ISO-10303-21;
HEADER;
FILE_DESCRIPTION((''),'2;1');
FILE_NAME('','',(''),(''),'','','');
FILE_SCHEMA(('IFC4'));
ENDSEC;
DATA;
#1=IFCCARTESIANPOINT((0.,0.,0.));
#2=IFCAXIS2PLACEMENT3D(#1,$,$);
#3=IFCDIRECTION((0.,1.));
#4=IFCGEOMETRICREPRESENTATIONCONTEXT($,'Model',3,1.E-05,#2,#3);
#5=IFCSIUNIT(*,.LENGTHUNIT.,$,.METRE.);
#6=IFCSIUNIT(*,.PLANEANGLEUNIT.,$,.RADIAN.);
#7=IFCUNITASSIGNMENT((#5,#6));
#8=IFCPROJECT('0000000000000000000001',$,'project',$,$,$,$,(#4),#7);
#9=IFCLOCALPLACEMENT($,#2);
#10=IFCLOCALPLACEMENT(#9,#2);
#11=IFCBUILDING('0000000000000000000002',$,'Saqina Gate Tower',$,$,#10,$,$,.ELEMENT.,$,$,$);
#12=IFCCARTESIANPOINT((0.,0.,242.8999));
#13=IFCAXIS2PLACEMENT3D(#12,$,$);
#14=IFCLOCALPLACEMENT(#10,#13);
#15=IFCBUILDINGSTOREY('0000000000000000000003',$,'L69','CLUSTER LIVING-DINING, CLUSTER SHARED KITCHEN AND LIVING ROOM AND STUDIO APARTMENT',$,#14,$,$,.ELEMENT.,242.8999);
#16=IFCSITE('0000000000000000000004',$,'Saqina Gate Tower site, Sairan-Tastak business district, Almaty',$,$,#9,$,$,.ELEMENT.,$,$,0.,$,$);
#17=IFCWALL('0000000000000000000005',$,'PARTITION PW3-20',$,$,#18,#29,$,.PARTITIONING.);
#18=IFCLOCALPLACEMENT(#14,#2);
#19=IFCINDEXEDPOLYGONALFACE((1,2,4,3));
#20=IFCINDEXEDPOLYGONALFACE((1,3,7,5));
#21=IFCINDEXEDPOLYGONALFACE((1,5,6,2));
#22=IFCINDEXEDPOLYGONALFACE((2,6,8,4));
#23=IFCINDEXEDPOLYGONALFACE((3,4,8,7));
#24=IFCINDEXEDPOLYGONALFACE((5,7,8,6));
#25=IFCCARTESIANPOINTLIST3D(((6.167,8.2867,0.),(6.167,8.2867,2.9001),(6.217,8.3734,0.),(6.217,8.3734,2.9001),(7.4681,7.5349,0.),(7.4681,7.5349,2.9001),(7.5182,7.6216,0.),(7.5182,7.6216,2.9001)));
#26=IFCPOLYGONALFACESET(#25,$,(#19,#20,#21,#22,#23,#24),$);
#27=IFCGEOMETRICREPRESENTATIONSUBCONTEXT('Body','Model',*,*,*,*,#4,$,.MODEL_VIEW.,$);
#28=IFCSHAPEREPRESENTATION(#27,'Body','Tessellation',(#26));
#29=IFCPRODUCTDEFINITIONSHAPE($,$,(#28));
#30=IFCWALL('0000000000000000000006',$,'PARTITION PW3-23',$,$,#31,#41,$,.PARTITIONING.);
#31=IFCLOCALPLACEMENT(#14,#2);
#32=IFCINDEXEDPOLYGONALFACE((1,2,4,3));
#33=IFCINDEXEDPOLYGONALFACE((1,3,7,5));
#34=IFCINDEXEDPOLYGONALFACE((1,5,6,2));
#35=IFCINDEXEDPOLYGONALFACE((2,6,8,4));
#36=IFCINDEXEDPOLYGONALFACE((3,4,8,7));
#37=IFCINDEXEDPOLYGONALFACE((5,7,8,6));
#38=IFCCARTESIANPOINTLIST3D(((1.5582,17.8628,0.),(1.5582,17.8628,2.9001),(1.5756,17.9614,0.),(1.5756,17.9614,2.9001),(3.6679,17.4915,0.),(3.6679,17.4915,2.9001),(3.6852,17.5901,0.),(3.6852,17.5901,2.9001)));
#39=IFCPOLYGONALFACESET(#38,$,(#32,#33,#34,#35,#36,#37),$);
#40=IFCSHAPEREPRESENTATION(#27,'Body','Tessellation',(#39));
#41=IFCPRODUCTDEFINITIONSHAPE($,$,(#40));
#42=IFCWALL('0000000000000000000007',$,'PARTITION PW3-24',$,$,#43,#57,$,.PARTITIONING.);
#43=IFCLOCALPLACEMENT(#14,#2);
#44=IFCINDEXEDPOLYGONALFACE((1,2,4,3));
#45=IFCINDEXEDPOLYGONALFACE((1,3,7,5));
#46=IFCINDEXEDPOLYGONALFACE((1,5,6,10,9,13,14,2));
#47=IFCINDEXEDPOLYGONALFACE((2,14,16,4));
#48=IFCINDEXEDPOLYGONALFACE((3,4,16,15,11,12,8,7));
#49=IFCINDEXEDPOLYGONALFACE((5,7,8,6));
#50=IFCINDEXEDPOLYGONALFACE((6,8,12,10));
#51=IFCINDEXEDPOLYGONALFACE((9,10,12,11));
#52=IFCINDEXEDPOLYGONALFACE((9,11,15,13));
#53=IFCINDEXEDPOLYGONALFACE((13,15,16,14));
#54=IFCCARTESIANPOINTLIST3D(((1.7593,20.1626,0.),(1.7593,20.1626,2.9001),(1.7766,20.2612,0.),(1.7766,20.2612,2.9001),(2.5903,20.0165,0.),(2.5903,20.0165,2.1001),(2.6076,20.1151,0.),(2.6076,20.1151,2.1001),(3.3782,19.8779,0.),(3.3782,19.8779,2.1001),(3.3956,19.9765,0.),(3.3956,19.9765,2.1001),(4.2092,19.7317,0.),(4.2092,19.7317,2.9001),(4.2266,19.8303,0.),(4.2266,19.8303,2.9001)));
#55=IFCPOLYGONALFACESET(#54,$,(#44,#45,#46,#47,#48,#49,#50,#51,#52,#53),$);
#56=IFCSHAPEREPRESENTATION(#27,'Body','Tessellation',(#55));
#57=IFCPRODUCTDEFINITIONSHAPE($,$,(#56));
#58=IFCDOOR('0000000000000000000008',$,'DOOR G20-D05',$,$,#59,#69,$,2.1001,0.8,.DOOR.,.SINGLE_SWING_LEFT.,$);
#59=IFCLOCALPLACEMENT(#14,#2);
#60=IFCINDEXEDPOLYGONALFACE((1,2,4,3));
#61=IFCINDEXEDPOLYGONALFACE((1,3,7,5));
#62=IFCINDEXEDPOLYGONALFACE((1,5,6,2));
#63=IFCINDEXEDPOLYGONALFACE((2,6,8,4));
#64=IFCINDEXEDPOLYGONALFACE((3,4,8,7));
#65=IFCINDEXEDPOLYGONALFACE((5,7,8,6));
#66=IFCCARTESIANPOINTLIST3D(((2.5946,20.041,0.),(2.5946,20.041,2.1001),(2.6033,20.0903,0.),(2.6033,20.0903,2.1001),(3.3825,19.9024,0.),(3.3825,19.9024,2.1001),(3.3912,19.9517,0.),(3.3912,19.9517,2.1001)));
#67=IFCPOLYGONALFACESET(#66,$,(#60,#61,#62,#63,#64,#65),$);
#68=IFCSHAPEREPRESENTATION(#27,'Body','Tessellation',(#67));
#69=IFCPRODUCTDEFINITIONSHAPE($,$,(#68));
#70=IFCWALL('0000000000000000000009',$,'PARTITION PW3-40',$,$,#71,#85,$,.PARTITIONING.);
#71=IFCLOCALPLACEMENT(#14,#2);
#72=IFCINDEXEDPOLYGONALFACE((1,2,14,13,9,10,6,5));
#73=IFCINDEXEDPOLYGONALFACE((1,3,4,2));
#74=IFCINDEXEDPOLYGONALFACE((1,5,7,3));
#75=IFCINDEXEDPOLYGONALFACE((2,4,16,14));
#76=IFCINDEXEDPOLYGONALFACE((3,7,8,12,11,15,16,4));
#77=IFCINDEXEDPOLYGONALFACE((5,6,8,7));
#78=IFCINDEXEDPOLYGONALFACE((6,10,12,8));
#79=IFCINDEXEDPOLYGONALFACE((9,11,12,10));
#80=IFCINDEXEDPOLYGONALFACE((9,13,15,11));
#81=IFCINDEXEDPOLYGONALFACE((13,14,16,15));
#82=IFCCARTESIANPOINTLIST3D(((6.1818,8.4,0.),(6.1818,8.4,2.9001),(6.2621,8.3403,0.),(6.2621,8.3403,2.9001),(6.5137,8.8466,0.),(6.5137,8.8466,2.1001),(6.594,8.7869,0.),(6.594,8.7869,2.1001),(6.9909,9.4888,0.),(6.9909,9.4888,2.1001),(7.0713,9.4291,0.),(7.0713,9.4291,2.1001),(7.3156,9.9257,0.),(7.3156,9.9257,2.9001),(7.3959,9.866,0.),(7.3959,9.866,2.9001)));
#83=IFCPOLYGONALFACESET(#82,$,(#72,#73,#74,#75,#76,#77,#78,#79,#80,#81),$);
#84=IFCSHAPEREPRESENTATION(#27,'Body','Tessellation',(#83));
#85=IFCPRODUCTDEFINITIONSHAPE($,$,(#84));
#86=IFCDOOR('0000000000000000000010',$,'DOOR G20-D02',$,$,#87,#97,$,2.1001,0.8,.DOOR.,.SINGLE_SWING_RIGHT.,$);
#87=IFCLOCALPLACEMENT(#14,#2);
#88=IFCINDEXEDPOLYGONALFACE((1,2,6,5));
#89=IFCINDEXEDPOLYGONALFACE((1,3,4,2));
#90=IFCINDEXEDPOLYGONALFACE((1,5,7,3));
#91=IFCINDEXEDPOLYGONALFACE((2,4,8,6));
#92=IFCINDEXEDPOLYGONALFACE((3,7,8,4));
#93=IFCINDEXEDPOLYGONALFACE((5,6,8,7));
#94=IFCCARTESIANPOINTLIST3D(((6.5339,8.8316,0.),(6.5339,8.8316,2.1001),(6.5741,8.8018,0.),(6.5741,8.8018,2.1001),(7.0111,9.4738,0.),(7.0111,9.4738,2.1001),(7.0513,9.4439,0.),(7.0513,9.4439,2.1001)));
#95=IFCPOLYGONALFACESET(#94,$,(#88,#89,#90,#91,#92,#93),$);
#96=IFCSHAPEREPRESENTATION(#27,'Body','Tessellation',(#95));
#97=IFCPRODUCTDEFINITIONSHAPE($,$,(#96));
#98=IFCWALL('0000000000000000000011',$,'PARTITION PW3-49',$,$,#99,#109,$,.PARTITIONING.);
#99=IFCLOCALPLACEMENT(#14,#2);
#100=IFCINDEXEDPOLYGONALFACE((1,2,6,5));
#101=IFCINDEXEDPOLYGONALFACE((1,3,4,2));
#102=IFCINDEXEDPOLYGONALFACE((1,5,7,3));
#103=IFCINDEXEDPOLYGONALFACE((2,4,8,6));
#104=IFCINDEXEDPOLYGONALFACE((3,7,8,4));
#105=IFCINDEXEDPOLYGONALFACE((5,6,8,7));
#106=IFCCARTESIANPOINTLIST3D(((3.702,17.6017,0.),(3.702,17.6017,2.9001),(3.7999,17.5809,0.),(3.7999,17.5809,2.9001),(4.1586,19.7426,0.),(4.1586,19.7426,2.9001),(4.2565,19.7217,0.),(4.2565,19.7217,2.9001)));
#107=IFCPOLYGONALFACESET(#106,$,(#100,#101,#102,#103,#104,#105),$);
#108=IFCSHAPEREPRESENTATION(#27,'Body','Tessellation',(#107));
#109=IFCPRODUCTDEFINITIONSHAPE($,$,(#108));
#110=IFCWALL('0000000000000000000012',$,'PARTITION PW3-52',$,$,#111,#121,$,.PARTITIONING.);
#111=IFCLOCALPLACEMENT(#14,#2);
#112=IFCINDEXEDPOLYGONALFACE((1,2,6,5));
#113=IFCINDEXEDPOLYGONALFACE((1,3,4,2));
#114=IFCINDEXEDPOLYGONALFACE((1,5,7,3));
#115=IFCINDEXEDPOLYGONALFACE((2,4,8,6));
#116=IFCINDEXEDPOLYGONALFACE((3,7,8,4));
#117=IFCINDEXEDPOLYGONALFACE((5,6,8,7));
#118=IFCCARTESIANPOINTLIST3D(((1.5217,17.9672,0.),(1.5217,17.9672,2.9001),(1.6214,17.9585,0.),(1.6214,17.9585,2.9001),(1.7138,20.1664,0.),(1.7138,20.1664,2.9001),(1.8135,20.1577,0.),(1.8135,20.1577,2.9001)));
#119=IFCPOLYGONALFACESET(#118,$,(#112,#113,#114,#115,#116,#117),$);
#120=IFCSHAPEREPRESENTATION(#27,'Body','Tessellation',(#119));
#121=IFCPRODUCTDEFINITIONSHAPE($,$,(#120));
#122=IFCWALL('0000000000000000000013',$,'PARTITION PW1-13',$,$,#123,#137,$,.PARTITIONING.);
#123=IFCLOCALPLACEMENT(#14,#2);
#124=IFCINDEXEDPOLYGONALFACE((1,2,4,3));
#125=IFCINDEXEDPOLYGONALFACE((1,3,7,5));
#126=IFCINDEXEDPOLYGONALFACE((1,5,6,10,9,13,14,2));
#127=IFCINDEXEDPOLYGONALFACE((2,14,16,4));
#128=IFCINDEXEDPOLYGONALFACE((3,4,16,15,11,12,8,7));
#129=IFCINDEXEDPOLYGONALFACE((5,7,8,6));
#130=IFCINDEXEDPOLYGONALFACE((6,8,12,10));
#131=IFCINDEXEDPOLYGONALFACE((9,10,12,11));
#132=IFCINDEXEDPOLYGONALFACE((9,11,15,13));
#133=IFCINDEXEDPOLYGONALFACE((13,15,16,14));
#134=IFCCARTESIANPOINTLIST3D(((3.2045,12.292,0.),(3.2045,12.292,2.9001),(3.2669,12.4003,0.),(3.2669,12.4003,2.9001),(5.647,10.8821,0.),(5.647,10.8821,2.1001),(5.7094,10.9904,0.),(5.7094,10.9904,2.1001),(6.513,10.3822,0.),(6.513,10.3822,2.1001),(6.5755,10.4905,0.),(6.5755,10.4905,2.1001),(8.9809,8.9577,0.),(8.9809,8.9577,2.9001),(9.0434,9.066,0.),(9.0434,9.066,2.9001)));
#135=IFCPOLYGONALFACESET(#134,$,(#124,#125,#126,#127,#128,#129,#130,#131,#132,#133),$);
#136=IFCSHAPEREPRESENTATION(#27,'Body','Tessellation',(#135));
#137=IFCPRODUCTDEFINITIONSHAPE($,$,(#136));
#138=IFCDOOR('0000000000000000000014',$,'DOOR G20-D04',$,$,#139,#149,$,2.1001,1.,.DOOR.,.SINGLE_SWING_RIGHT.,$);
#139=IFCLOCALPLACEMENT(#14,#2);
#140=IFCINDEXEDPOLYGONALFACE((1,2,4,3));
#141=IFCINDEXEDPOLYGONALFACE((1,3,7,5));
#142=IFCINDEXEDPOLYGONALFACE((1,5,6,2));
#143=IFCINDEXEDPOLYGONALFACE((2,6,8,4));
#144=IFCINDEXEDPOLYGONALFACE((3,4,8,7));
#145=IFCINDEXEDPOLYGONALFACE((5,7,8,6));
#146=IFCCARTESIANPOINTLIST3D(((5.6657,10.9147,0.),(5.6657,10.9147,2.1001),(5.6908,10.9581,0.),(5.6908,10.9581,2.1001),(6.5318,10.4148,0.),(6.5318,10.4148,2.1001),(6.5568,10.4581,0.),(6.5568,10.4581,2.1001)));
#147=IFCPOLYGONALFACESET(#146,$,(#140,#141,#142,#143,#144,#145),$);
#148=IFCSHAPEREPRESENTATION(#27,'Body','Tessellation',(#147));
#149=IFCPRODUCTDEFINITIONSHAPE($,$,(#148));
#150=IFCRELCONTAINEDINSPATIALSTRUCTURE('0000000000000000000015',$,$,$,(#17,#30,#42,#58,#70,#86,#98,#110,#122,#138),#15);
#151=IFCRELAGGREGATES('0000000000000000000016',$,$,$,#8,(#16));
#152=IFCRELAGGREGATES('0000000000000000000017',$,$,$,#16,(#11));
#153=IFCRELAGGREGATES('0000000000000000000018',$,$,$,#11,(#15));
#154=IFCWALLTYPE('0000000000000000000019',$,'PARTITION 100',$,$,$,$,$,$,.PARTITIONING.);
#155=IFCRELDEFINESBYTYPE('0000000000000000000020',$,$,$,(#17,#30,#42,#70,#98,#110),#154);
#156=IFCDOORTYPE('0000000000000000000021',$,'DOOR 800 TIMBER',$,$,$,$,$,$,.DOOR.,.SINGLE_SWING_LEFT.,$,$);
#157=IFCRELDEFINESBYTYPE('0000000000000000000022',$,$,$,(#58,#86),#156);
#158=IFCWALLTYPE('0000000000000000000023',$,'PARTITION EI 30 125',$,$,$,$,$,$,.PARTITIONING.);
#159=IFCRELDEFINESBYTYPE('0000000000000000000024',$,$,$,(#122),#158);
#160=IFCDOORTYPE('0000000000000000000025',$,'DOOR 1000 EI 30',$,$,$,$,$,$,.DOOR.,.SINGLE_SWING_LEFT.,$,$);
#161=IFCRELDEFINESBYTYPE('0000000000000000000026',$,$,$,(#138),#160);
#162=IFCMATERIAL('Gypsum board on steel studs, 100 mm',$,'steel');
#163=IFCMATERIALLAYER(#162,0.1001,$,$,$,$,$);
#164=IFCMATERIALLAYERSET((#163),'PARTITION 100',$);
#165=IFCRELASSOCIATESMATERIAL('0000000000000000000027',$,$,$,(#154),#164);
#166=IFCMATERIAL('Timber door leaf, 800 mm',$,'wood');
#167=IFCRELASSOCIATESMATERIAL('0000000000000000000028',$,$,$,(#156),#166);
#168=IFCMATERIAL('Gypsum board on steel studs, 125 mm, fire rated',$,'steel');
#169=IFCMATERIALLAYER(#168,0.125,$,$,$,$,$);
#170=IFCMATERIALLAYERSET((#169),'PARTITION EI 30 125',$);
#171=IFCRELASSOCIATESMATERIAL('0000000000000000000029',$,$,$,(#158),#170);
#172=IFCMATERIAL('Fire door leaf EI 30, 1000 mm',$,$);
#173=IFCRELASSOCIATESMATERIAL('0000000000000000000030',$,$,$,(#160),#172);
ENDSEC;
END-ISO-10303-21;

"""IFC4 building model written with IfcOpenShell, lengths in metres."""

from ifc_helpers import new_model, si_unit, direction, frame, frame_2d, origin, place, context, subcontext, project, spatial, rectangle, extrude, material, layer, layer_set, type_object, element, fill, save


model = new_model("IFC4")

# Units and contexts
model_context = context("Model", 3, precision=1e-05, world=origin(), true_north=direction((0.0, 1.0)))
body_context = subcontext(model_context, "Body", "Model", "MODEL_VIEW")
ifc_project = project(units=[si_unit("LENGTHUNIT", "METRE"), si_unit("PLANEANGLEUNIT", "RADIAN")], contexts=[model_context])

# Site, building, storey
site_placement = place(None, origin())
site = spatial("IfcSite", under=ifc_project, at=site_placement, Name="Saqina Gate Tower site, Sairan-Tastak business district, Almaty", CompositionType="ELEMENT", RefElevation=0.0)
building_placement = place(site_placement, origin())
building = spatial("IfcBuilding", under=site, at=building_placement, Name="Saqina Gate Tower", CompositionType="ELEMENT")
storey_placement = place(building_placement, frame((0.0, 0.0, 242.8999)))
storey = spatial("IfcBuildingStorey", under=building, at=storey_placement, Name="L69", Description="CLUSTER LIVING-DINING, CLUSTER SHARED KITCHEN AND LIVING ROOM AND STUDIO APARTMENT", CompositionType="ELEMENT", Elevation=242.8999)

# Walls
ifc_material_1 = material(Name="Gypsum board on steel studs, 100 mm", Category="steel")
ifc_layer_1 = layer(ifc_material_1, 0.1001)
ifc_layer_set_1 = layer_set([ifc_layer_1], Name="PARTITION 100")
wall_type_1 = type_object("IfcWallType", Name="PARTITION 100", PredefinedType="PARTITIONING", material=ifc_layer_set_1)
wall_1_placement = place(storey_placement, frame((6.1919, 8.3301, 0.0), z_axis=(0.0, 0.0, 1.0), x_axis=(0.865864, -0.50028, 0.0)))
element("IfcWall", 1, at=wall_1_placement, inside=storey, type_object=wall_type_1, Name="PARTITION PW3-20", PredefinedType="PARTITIONING", context=body_context, shape_type="SweptSolid", body=[
    extrude(rectangle(XDim=1.5027, YDim=0.1001, at=frame_2d((0.7515, 0.0))), origin(), (0.0, 0.0, 1.0), 2.9001),
])
wall_2_placement = place(storey_placement, frame((1.5669, 17.9121, 0.0), z_axis=(0.0, 0.0, 1.0), x_axis=(0.984859, -0.173356, 0.0)))
element("IfcWall", 2, at=wall_2_placement, inside=storey, type_object=wall_type_1, Name="PARTITION PW3-23", PredefinedType="PARTITIONING", context=body_context, shape_type="SweptSolid", body=[
    extrude(rectangle(XDim=2.1421, YDim=0.1001, at=frame_2d((1.071, 0.0))), origin(), (0.0, 0.0, 1.0), 2.9001),
])

# Walls, openings, doors
wall_3_placement = place(storey_placement, frame((1.7681, 20.2119, 0.0), z_axis=(0.0, 0.0, 1.0), x_axis=(0.984882, -0.173225, 0.0)))
wall_3 = element("IfcWall", 3, at=wall_3_placement, inside=storey, type_object=wall_type_1, Name="PARTITION PW3-24", PredefinedType="PARTITIONING", context=body_context, shape_type="SweptSolid", body=[
    extrude(rectangle(XDim=2.4875, YDim=0.1001, at=frame_2d((1.2437, 0.0))), origin(), (0.0, 0.0, 1.0), 2.9001),
])
opening_1_placement = place(wall_3_placement, frame((0.8438, 0.0, 0.0)))
opening_1 = element("IfcOpeningElement", 4, at=opening_1_placement, cuts=wall_3, PredefinedType="OPENING", context=body_context, shape_type="SweptSolid", body=[
    extrude(rectangle(XDim=0.8, YDim=2.1001, at=frame_2d((0.3999, 1.05))), frame((0.0, 0.062, 0.0), z_axis=(0.0, -1.0, 0.0), x_axis=(1.0, 0.0, 0.0)), (0.0, 0.0, 1.0), 0.124),
])
ifc_material_2 = material(Name="Timber door leaf, 800 mm", Category="wood")
door_type_1 = type_object("IfcDoorType", Name="DOOR 800 TIMBER", OperationType="SINGLE_SWING_LEFT", PredefinedType="DOOR", material=ifc_material_2)
door_1_placement = place(opening_1_placement, origin())
door_1 = element("IfcDoor", 5, at=door_1_placement, inside=storey, type_object=door_type_1, Name="DOOR G20-D05", OperationType="SINGLE_SWING_LEFT", OverallHeight=2.1001, OverallWidth=0.8, PredefinedType="DOOR", context=body_context, shape_type="SweptSolid", body=[
    extrude(rectangle(XDim=0.8, YDim=2.1001, at=frame_2d((0.3999, 1.05))), frame((0.0, 0.0249, 0.0), z_axis=(0.0, -1.0, 0.0), x_axis=(1.0, 0.0, 0.0)), (0.0, 0.0, 1.0), 0.05),
])
fill(opening_1, door_1)
wall_4_placement = place(storey_placement, frame((6.2219, 8.3701, 0.0), z_axis=(0.0, 0.0, 1.0), x_axis=(0.59648, 0.802628, 0.0)))
wall_4 = element("IfcWall", 6, at=wall_4_placement, inside=storey, type_object=wall_type_1, Name="PARTITION PW3-40", PredefinedType="PARTITIONING", context=body_context, shape_type="SweptSolid", body=[
    extrude(rectangle(XDim=1.9009, YDim=0.1001, at=frame_2d((0.9504, 0.0))), origin(), (0.0, 0.0, 1.0), 2.9001),
])
opening_2_placement = place(wall_4_placement, frame((0.5566, 0.0, 0.0)))
opening_2 = element("IfcOpeningElement", 7, at=opening_2_placement, cuts=wall_4, PredefinedType="OPENING", context=body_context, shape_type="SweptSolid", body=[
    extrude(rectangle(XDim=0.8, YDim=2.1001, at=frame_2d((0.3999, 1.05))), frame((0.0, 0.062, 0.0), z_axis=(0.0, -1.0, 0.0), x_axis=(1.0, 0.0, 0.0)), (0.0, 0.0, 1.0), 0.124),
])
door_2_placement = place(opening_2_placement, origin())
door_2 = element("IfcDoor", 8, at=door_2_placement, inside=storey, type_object=door_type_1, Name="DOOR G20-D02", OperationType="SINGLE_SWING_RIGHT", OverallHeight=2.1001, OverallWidth=0.8, PredefinedType="DOOR", context=body_context, shape_type="SweptSolid", body=[
    extrude(rectangle(XDim=0.8, YDim=2.1001, at=frame_2d((0.3999, 1.05))), frame((0.0, 0.0249, 0.0), z_axis=(0.0, -1.0, 0.0), x_axis=(1.0, 0.0, 0.0)), (0.0, 0.0, 1.0), 0.05),
])
fill(opening_2, door_2)

# Walls
wall_5_placement = place(storey_placement, frame((3.751, 17.5913, 0.0), z_axis=(0.0, 0.0, 1.0), x_axis=(0.208562, 0.978009, 0.0)))
element("IfcWall", 9, at=wall_5_placement, inside=storey, type_object=wall_type_1, Name="PARTITION PW3-49", PredefinedType="PARTITIONING", context=body_context, shape_type="SweptSolid", body=[
    extrude(rectangle(XDim=2.189, YDim=0.1001, at=frame_2d((1.0945, 0.0))), origin(), (0.0, 0.0, 1.0), 2.9001),
])
wall_6_placement = place(storey_placement, frame((1.5715, 17.9629, 0.0), z_axis=(0.0, 0.0, 1.0), x_axis=(0.087035, 0.996205, 0.0)))
element("IfcWall", 10, at=wall_6_placement, inside=storey, type_object=wall_type_1, Name="PARTITION PW3-52", PredefinedType="PARTITIONING", context=body_context, shape_type="SweptSolid", body=[
    extrude(rectangle(XDim=2.2075, YDim=0.1001, at=frame_2d((1.1038, 0.0))), origin(), (0.0, 0.0, 1.0), 2.9001),
])

# Wall, opening, door
ifc_material_3 = material(Name="Gypsum board on steel studs, 125 mm, fire rated", Category="steel")
ifc_layer_2 = layer(ifc_material_3, 0.125)
ifc_layer_set_2 = layer_set([ifc_layer_2], Name="PARTITION EI 30 125")
wall_type_2 = type_object("IfcWallType", Name="PARTITION EI 30 125", PredefinedType="PARTITIONING", material=ifc_layer_set_2)
wall_7_placement = place(storey_placement, frame((3.2356, 12.3462, 0.0), z_axis=(0.0, 0.0, 1.0), x_axis=(0.866075, -0.499915, 0.0)))
wall_7 = element("IfcWall", 11, at=wall_7_placement, inside=storey, type_object=wall_type_2, Name="PARTITION PW1-13", PredefinedType="PARTITIONING", context=body_context, shape_type="SweptSolid", body=[
    extrude(rectangle(XDim=6.6697, YDim=0.125, at=frame_2d((3.335, 0.0))), origin(), (0.0, 0.0, 1.0), 2.9001),
])
opening_3_placement = place(wall_7_placement, frame((2.8203, 0.0, 0.0)))
opening_3 = element("IfcOpeningElement", 12, at=opening_3_placement, cuts=wall_7, PredefinedType="OPENING", context=body_context, shape_type="SweptSolid", body=[
    extrude(rectangle(XDim=1.0, YDim=2.1001, at=frame_2d((0.5, 1.05))), frame((0.0, 0.0745, 0.0), z_axis=(0.0, -1.0, 0.0), x_axis=(1.0, 0.0, 0.0)), (0.0, 0.0, 1.0), 0.1489),
])
ifc_material_4 = material(Name="Fire door leaf EI 30, 1000 mm")
door_type_2 = type_object("IfcDoorType", Name="DOOR 1000 EI 30", OperationType="SINGLE_SWING_LEFT", PredefinedType="DOOR", material=ifc_material_4)
door_3_placement = place(opening_3_placement, frame((1.0, 0.0, 0.0), z_axis=(0.0, 0.0, 1.0), x_axis=(-1.0, 0.0, 0.0)))
door_3 = element("IfcDoor", 13, at=door_3_placement, inside=storey, type_object=door_type_2, Name="DOOR G20-D04", OperationType="SINGLE_SWING_RIGHT", OverallHeight=2.1001, OverallWidth=1.0, PredefinedType="DOOR", context=body_context, shape_type="SweptSolid", body=[
    extrude(rectangle(XDim=1.0, YDim=2.1001, at=frame_2d((0.5, 1.05))), frame((0.0, 0.0249, 0.0), z_axis=(0.0, -1.0, 0.0), x_axis=(1.0, 0.0, 0.0)), (0.0, 0.0, 1.0), 0.05),
])
fill(opening_3, door_3)

save(model, "model.ifc")
